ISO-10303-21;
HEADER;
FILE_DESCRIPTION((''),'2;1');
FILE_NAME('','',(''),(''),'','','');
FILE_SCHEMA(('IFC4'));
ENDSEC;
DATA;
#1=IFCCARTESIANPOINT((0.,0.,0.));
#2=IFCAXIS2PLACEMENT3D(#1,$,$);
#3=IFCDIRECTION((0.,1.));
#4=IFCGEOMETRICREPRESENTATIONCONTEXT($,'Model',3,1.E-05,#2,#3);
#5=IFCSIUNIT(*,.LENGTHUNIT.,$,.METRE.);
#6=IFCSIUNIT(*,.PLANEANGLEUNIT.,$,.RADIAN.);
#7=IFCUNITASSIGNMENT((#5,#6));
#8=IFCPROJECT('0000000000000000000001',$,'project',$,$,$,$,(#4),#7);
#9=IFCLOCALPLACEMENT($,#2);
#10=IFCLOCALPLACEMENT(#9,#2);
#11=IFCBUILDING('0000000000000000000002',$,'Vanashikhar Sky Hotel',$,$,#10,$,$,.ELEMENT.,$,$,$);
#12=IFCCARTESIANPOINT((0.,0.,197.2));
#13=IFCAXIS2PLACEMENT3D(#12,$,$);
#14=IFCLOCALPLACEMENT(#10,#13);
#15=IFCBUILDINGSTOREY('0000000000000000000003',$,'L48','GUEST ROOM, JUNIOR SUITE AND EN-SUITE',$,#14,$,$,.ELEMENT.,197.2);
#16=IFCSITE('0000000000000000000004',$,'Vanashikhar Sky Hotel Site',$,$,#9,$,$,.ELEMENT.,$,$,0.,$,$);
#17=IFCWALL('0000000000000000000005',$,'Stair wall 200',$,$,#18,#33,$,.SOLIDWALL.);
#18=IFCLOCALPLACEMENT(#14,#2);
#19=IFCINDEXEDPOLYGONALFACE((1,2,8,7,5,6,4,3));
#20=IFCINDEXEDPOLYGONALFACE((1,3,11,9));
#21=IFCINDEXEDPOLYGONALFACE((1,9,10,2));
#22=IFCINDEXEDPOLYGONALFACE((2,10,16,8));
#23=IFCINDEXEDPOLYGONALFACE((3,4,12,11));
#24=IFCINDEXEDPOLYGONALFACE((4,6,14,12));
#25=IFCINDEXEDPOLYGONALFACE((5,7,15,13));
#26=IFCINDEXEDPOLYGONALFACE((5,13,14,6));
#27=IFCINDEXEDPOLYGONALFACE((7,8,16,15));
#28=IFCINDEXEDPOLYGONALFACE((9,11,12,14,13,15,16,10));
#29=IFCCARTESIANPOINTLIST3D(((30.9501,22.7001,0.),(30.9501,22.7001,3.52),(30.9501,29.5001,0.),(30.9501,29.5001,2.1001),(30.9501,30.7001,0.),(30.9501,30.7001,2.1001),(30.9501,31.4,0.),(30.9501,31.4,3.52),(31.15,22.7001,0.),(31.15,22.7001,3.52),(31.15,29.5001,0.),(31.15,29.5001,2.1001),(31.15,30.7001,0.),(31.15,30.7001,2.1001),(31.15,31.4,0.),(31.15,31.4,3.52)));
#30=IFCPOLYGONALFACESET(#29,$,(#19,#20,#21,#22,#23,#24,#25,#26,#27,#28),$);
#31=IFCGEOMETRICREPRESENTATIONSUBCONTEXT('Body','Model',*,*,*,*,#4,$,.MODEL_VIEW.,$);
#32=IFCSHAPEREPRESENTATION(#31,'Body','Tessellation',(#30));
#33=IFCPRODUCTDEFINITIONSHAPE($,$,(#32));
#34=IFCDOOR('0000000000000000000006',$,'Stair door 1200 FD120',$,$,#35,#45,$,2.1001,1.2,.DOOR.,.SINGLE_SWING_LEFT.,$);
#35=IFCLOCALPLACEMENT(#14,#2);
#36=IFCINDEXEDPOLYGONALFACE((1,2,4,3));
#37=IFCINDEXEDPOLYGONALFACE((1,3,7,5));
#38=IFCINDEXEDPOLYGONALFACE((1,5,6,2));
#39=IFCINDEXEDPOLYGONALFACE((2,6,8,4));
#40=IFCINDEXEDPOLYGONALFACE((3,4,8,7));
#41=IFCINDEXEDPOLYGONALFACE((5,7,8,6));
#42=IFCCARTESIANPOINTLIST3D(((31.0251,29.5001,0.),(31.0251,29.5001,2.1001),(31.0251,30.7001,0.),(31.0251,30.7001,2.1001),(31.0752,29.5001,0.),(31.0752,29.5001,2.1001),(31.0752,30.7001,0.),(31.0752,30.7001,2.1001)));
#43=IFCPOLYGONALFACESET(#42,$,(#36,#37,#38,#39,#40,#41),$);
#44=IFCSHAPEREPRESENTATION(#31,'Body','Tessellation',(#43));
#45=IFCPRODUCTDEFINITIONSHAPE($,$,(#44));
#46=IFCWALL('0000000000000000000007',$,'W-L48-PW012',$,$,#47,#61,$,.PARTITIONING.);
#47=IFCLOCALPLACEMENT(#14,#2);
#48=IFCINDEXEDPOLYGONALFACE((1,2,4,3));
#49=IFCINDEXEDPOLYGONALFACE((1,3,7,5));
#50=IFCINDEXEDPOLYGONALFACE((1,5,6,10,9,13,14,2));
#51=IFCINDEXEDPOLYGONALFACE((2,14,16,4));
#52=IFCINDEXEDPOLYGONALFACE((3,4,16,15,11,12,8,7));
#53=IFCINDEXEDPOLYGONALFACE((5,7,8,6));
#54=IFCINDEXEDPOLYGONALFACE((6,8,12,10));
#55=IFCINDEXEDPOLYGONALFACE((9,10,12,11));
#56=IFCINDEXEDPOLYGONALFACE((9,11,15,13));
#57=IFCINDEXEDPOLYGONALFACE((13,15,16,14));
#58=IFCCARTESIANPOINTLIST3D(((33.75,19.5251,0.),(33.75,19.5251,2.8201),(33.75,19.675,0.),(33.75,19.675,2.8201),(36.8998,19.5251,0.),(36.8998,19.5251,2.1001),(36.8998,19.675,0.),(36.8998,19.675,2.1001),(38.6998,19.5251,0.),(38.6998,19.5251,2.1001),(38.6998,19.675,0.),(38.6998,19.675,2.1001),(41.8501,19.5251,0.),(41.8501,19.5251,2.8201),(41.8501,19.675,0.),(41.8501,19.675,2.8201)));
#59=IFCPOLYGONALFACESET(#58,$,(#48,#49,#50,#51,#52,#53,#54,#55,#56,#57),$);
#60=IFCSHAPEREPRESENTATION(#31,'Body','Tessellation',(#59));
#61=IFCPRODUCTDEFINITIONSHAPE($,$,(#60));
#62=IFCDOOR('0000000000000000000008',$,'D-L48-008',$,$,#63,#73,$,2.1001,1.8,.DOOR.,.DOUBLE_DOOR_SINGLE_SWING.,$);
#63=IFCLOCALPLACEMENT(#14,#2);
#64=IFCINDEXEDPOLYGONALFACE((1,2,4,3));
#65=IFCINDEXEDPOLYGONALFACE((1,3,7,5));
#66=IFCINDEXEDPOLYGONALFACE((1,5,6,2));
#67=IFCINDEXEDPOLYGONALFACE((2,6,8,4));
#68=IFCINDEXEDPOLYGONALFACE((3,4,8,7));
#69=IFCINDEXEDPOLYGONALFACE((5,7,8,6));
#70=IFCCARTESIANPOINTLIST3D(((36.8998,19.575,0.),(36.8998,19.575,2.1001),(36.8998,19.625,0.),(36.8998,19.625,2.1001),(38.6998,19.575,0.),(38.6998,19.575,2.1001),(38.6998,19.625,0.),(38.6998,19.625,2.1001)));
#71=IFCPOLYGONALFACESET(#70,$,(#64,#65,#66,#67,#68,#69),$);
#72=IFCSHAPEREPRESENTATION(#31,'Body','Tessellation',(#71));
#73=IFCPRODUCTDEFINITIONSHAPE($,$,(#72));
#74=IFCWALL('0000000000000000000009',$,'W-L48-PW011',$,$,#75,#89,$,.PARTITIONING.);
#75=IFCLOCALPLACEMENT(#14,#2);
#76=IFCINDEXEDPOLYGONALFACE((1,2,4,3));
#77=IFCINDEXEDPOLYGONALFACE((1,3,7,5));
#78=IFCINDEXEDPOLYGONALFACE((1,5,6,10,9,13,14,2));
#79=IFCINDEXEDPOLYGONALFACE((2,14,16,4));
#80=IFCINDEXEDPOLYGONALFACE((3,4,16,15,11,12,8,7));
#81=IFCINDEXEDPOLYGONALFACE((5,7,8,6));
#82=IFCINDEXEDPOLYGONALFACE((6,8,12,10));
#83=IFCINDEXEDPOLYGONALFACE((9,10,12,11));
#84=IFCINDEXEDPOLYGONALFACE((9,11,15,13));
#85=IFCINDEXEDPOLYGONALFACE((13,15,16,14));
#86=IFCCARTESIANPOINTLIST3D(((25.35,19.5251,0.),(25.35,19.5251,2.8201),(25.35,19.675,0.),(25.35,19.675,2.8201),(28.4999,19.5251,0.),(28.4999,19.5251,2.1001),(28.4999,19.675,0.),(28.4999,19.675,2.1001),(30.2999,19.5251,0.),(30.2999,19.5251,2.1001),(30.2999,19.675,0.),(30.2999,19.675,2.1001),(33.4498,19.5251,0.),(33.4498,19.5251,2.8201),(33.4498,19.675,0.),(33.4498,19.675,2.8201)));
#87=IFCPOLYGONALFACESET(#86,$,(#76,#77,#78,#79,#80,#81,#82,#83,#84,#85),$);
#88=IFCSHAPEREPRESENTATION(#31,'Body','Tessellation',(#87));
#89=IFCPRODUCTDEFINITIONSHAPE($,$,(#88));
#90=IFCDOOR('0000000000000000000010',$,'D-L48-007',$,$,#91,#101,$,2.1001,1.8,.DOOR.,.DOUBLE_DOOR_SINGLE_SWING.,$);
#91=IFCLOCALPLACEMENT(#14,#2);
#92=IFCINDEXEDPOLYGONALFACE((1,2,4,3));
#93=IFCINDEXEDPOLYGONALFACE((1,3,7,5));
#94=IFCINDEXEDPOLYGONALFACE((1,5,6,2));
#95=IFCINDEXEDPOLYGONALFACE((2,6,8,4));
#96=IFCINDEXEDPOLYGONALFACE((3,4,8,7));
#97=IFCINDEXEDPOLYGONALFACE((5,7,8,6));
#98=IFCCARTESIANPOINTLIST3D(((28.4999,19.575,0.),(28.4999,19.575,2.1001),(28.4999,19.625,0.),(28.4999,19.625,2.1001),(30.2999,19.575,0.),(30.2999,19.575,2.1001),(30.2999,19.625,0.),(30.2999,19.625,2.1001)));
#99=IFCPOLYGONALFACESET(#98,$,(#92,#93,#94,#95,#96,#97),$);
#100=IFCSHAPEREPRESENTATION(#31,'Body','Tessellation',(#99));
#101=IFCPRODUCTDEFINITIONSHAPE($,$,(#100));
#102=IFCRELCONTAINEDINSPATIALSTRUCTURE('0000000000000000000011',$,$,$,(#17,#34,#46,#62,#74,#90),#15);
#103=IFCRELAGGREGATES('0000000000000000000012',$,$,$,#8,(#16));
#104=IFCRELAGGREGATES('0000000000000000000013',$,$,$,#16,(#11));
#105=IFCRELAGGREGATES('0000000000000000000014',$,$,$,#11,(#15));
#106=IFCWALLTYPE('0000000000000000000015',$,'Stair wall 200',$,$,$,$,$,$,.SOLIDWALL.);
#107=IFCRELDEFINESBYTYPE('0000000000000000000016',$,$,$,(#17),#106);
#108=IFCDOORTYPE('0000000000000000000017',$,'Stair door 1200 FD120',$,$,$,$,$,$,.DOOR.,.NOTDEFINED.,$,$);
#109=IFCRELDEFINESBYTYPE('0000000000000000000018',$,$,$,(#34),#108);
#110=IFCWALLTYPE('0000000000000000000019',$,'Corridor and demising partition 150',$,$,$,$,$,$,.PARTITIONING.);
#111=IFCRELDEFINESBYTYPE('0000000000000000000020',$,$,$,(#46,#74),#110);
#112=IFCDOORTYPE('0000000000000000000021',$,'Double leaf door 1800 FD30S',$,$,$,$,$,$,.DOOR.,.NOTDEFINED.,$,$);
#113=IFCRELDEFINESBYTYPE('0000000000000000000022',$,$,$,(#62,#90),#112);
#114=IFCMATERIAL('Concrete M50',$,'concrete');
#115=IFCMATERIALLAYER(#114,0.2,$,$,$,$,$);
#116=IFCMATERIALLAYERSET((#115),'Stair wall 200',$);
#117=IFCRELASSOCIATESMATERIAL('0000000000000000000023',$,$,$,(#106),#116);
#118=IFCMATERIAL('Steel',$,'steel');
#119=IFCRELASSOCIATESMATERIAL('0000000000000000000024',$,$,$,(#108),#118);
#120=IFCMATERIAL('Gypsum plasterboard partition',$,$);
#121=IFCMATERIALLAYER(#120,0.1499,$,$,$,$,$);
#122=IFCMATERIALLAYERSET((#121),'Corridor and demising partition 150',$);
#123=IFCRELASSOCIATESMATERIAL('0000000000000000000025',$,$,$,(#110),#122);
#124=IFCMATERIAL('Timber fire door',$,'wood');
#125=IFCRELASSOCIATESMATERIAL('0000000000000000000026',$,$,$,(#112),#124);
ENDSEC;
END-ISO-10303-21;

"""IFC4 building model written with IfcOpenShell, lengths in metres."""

from ifc_helpers import new_model, si_unit, direction, frame, frame_2d, origin, place, context, subcontext, project, spatial, rectangle, extrude, source, transform, mapped, material, layer, layer_set, type_object, element, fill, save


model = new_model("IFC4")

# Units and contexts
model_context = context("Model", 3, precision=1e-05, world=origin(), true_north=direction((0.0, 1.0)))
body_context = subcontext(model_context, "Body", "Model", "MODEL_VIEW")
ifc_project = project(units=[si_unit("LENGTHUNIT", "METRE"), si_unit("PLANEANGLEUNIT", "RADIAN")], contexts=[model_context])

# Site, building, storey
site_placement = place(None, origin())
site = spatial("IfcSite", under=ifc_project, at=site_placement, Name="Vanashikhar Sky Hotel Site", CompositionType="ELEMENT", RefElevation=0.0)
building_placement = place(site_placement, origin())
building = spatial("IfcBuilding", under=site, at=building_placement, Name="Vanashikhar Sky Hotel", CompositionType="ELEMENT")
storey_placement = place(building_placement, frame((0.0, 0.0, 197.2)))
storey = spatial("IfcBuildingStorey", under=building, at=storey_placement, Name="L48", Description="GUEST ROOM, JUNIOR SUITE AND EN-SUITE", CompositionType="ELEMENT", Elevation=197.2)

# Shared definitions
ifc_material_1 = material(Name="Concrete M50", Category="concrete")

# Shared definitions
ifc_material_2 = material(Name="Steel", Category="steel")

# Walls, openings, doors
ifc_layer_1 = layer(ifc_material_1, 0.2)
ifc_layer_set_1 = layer_set([ifc_layer_1], Name="Stair wall 200")
wall_type_1 = type_object("IfcWallType", Name="Stair wall 200", PredefinedType="SOLIDWALL", material=ifc_layer_set_1)
shared_shape_1 = source(origin(), body_context, "Body", "SweptSolid", [
    extrude(rectangle(XDim=8.7, YDim=0.2, at=frame_2d((4.3501, 0.0))), origin(), (0.0, 0.0, 1.0), 3.52),
])
wall_1_placement = place(storey_placement, frame((31.05, 22.7, 0.0), z_axis=(0.0, 0.0, 1.0), x_axis=(0.0, 1.0, 0.0)))
wall_1 = element("IfcWall", 1, at=wall_1_placement, inside=storey, type_object=wall_type_1, Name="Stair wall 200", PredefinedType="SOLIDWALL", context=body_context, shape_type="MappedRepresentation", body=[
    mapped(shared_shape_1, transform((0.0, 0.0, 0.0), scale=1.0)),
])
shared_shape_2 = source(origin(), body_context, "Body", "SweptSolid", [
    extrude(rectangle(XDim=1.2, YDim=2.1001, at=frame_2d((0.6001, 1.05))), frame((0.0, 0.1099, 0.0), z_axis=(0.0, -1.0, 0.0), x_axis=(1.0, 0.0, 0.0)), (0.0, 0.0, 1.0), 0.22),
])
opening_1_placement = place(wall_1_placement, frame((6.8, 0.0, 0.0)))
opening_1 = element("IfcOpeningElement", 2, at=opening_1_placement, cuts=wall_1, PredefinedType="OPENING", context=body_context, shape_type="MappedRepresentation", body=[
    mapped(shared_shape_2, transform((0.0, 0.0, 0.0), scale=1.0)),
])
door_type_1 = type_object("IfcDoorType", Name="Stair door 1200 FD120", OperationType="NOTDEFINED", PredefinedType="DOOR", material=ifc_material_2)
shared_shape_3 = source(origin(), body_context, "Body", "SweptSolid", [
    extrude(rectangle(XDim=1.2, YDim=2.1001, at=frame_2d((0.6001, 1.05))), frame((0.0, 0.0249, 0.0), z_axis=(0.0, -1.0, 0.0), x_axis=(1.0, 0.0, 0.0)), (0.0, 0.0, 1.0), 0.05),
])
door_1_placement = place(opening_1_placement, origin())
door_1 = element("IfcDoor", 3, at=door_1_placement, inside=storey, type_object=door_type_1, Name="Stair door 1200 FD120", OperationType="SINGLE_SWING_LEFT", OverallHeight=2.1001, OverallWidth=1.2, PredefinedType="DOOR", context=body_context, shape_type="MappedRepresentation", body=[
    mapped(shared_shape_3, transform((0.0, 0.0, 0.0), scale=1.0)),
])
fill(opening_1, door_1)
ifc_material_3 = material(Name="Gypsum plasterboard partition")
ifc_layer_2 = layer(ifc_material_3, 0.1499)
ifc_layer_set_2 = layer_set([ifc_layer_2], Name="Corridor and demising partition 150")
wall_type_2 = type_object("IfcWallType", Name="Corridor and demising partition 150", PredefinedType="PARTITIONING", material=ifc_layer_set_2)
shared_shape_4 = source(origin(), body_context, "Body", "SweptSolid", [
    extrude(rectangle(XDim=8.1001, YDim=0.1499, at=frame_2d((4.05, 0.0))), origin(), (0.0, 0.0, 1.0), 2.8201),
])
wall_2_placement = place(storey_placement, frame((33.75, 19.6001, 0.0), z_axis=(0.0, 0.0, 1.0), x_axis=(1.0, 0.0, 0.0)))
wall_2 = element("IfcWall", 4, at=wall_2_placement, inside=storey, type_object=wall_type_2, Name="W-L48-PW012", PredefinedType="PARTITIONING", context=body_context, shape_type="MappedRepresentation", body=[
    mapped(shared_shape_4, transform((0.0, 0.0, 0.0), scale=1.0)),
])
shared_shape_5 = source(origin(), body_context, "Body", "SweptSolid", [
    extrude(rectangle(XDim=1.8, YDim=2.1001, at=frame_2d((0.8999, 1.05))), frame((0.0, 0.085, 0.0), z_axis=(0.0, -1.0, 0.0), x_axis=(1.0, 0.0, 0.0)), (0.0, 0.0, 1.0), 0.1699),
])
opening_2_placement = place(wall_2_placement, frame((3.1499, 0.0, 0.0)))
opening_2 = element("IfcOpeningElement", 5, at=opening_2_placement, cuts=wall_2, PredefinedType="OPENING", context=body_context, shape_type="MappedRepresentation", body=[
    mapped(shared_shape_5, transform((0.0, 0.0, 0.0), scale=1.0)),
])
ifc_material_4 = material(Name="Timber fire door", Category="wood")
door_type_2 = type_object("IfcDoorType", Name="Double leaf door 1800 FD30S", OperationType="NOTDEFINED", PredefinedType="DOOR", material=ifc_material_4)
shared_shape_6 = source(origin(), body_context, "Body", "SweptSolid", [
    extrude(rectangle(XDim=1.8, YDim=2.1001, at=frame_2d((0.8999, 1.05))), frame((0.0, 0.0249, 0.0), z_axis=(0.0, -1.0, 0.0), x_axis=(1.0, 0.0, 0.0)), (0.0, 0.0, 1.0), 0.05),
])
door_2_placement = place(opening_2_placement, origin())
door_2 = element("IfcDoor", 6, at=door_2_placement, inside=storey, type_object=door_type_2, Name="D-L48-008", OperationType="DOUBLE_DOOR_SINGLE_SWING", OverallHeight=2.1001, OverallWidth=1.8, PredefinedType="DOOR", context=body_context, shape_type="MappedRepresentation", body=[
    mapped(shared_shape_6, transform((0.0, 0.0, 0.0), scale=1.0)),
])
fill(opening_2, door_2)
shared_shape_7 = source(origin(), body_context, "Body", "SweptSolid", [
    extrude(rectangle(XDim=8.0999, YDim=0.1499, at=frame_2d((4.0498, 0.0))), origin(), (0.0, 0.0, 1.0), 2.8201),
])
wall_3_placement = place(storey_placement, frame((25.3501, 19.6001, 0.0), z_axis=(0.0, 0.0, 1.0), x_axis=(1.0, 0.0, 0.0)))
wall_3 = element("IfcWall", 7, at=wall_3_placement, inside=storey, type_object=wall_type_2, Name="W-L48-PW011", PredefinedType="PARTITIONING", context=body_context, shape_type="MappedRepresentation", body=[
    mapped(shared_shape_7, transform((0.0, 0.0, 0.0), scale=1.0)),
])
opening_3_placement = place(wall_3_placement, frame((3.1499, 0.0, 0.0)))
opening_3 = element("IfcOpeningElement", 8, at=opening_3_placement, cuts=wall_3, PredefinedType="OPENING", context=body_context, shape_type="MappedRepresentation", body=[
    mapped(shared_shape_5, transform((0.0, 0.0, 0.0), scale=1.0)),
])
door_3_placement = place(opening_3_placement, origin())
door_3 = element("IfcDoor", 9, at=door_3_placement, inside=storey, type_object=door_type_2, Name="D-L48-007", OperationType="DOUBLE_DOOR_SINGLE_SWING", OverallHeight=2.1001, OverallWidth=1.8, PredefinedType="DOOR", context=body_context, shape_type="MappedRepresentation", body=[
    mapped(shared_shape_6, transform((0.0, 0.0, 0.0), scale=1.0)),
])
fill(opening_3, door_3)

save(model, "model.ifc")
